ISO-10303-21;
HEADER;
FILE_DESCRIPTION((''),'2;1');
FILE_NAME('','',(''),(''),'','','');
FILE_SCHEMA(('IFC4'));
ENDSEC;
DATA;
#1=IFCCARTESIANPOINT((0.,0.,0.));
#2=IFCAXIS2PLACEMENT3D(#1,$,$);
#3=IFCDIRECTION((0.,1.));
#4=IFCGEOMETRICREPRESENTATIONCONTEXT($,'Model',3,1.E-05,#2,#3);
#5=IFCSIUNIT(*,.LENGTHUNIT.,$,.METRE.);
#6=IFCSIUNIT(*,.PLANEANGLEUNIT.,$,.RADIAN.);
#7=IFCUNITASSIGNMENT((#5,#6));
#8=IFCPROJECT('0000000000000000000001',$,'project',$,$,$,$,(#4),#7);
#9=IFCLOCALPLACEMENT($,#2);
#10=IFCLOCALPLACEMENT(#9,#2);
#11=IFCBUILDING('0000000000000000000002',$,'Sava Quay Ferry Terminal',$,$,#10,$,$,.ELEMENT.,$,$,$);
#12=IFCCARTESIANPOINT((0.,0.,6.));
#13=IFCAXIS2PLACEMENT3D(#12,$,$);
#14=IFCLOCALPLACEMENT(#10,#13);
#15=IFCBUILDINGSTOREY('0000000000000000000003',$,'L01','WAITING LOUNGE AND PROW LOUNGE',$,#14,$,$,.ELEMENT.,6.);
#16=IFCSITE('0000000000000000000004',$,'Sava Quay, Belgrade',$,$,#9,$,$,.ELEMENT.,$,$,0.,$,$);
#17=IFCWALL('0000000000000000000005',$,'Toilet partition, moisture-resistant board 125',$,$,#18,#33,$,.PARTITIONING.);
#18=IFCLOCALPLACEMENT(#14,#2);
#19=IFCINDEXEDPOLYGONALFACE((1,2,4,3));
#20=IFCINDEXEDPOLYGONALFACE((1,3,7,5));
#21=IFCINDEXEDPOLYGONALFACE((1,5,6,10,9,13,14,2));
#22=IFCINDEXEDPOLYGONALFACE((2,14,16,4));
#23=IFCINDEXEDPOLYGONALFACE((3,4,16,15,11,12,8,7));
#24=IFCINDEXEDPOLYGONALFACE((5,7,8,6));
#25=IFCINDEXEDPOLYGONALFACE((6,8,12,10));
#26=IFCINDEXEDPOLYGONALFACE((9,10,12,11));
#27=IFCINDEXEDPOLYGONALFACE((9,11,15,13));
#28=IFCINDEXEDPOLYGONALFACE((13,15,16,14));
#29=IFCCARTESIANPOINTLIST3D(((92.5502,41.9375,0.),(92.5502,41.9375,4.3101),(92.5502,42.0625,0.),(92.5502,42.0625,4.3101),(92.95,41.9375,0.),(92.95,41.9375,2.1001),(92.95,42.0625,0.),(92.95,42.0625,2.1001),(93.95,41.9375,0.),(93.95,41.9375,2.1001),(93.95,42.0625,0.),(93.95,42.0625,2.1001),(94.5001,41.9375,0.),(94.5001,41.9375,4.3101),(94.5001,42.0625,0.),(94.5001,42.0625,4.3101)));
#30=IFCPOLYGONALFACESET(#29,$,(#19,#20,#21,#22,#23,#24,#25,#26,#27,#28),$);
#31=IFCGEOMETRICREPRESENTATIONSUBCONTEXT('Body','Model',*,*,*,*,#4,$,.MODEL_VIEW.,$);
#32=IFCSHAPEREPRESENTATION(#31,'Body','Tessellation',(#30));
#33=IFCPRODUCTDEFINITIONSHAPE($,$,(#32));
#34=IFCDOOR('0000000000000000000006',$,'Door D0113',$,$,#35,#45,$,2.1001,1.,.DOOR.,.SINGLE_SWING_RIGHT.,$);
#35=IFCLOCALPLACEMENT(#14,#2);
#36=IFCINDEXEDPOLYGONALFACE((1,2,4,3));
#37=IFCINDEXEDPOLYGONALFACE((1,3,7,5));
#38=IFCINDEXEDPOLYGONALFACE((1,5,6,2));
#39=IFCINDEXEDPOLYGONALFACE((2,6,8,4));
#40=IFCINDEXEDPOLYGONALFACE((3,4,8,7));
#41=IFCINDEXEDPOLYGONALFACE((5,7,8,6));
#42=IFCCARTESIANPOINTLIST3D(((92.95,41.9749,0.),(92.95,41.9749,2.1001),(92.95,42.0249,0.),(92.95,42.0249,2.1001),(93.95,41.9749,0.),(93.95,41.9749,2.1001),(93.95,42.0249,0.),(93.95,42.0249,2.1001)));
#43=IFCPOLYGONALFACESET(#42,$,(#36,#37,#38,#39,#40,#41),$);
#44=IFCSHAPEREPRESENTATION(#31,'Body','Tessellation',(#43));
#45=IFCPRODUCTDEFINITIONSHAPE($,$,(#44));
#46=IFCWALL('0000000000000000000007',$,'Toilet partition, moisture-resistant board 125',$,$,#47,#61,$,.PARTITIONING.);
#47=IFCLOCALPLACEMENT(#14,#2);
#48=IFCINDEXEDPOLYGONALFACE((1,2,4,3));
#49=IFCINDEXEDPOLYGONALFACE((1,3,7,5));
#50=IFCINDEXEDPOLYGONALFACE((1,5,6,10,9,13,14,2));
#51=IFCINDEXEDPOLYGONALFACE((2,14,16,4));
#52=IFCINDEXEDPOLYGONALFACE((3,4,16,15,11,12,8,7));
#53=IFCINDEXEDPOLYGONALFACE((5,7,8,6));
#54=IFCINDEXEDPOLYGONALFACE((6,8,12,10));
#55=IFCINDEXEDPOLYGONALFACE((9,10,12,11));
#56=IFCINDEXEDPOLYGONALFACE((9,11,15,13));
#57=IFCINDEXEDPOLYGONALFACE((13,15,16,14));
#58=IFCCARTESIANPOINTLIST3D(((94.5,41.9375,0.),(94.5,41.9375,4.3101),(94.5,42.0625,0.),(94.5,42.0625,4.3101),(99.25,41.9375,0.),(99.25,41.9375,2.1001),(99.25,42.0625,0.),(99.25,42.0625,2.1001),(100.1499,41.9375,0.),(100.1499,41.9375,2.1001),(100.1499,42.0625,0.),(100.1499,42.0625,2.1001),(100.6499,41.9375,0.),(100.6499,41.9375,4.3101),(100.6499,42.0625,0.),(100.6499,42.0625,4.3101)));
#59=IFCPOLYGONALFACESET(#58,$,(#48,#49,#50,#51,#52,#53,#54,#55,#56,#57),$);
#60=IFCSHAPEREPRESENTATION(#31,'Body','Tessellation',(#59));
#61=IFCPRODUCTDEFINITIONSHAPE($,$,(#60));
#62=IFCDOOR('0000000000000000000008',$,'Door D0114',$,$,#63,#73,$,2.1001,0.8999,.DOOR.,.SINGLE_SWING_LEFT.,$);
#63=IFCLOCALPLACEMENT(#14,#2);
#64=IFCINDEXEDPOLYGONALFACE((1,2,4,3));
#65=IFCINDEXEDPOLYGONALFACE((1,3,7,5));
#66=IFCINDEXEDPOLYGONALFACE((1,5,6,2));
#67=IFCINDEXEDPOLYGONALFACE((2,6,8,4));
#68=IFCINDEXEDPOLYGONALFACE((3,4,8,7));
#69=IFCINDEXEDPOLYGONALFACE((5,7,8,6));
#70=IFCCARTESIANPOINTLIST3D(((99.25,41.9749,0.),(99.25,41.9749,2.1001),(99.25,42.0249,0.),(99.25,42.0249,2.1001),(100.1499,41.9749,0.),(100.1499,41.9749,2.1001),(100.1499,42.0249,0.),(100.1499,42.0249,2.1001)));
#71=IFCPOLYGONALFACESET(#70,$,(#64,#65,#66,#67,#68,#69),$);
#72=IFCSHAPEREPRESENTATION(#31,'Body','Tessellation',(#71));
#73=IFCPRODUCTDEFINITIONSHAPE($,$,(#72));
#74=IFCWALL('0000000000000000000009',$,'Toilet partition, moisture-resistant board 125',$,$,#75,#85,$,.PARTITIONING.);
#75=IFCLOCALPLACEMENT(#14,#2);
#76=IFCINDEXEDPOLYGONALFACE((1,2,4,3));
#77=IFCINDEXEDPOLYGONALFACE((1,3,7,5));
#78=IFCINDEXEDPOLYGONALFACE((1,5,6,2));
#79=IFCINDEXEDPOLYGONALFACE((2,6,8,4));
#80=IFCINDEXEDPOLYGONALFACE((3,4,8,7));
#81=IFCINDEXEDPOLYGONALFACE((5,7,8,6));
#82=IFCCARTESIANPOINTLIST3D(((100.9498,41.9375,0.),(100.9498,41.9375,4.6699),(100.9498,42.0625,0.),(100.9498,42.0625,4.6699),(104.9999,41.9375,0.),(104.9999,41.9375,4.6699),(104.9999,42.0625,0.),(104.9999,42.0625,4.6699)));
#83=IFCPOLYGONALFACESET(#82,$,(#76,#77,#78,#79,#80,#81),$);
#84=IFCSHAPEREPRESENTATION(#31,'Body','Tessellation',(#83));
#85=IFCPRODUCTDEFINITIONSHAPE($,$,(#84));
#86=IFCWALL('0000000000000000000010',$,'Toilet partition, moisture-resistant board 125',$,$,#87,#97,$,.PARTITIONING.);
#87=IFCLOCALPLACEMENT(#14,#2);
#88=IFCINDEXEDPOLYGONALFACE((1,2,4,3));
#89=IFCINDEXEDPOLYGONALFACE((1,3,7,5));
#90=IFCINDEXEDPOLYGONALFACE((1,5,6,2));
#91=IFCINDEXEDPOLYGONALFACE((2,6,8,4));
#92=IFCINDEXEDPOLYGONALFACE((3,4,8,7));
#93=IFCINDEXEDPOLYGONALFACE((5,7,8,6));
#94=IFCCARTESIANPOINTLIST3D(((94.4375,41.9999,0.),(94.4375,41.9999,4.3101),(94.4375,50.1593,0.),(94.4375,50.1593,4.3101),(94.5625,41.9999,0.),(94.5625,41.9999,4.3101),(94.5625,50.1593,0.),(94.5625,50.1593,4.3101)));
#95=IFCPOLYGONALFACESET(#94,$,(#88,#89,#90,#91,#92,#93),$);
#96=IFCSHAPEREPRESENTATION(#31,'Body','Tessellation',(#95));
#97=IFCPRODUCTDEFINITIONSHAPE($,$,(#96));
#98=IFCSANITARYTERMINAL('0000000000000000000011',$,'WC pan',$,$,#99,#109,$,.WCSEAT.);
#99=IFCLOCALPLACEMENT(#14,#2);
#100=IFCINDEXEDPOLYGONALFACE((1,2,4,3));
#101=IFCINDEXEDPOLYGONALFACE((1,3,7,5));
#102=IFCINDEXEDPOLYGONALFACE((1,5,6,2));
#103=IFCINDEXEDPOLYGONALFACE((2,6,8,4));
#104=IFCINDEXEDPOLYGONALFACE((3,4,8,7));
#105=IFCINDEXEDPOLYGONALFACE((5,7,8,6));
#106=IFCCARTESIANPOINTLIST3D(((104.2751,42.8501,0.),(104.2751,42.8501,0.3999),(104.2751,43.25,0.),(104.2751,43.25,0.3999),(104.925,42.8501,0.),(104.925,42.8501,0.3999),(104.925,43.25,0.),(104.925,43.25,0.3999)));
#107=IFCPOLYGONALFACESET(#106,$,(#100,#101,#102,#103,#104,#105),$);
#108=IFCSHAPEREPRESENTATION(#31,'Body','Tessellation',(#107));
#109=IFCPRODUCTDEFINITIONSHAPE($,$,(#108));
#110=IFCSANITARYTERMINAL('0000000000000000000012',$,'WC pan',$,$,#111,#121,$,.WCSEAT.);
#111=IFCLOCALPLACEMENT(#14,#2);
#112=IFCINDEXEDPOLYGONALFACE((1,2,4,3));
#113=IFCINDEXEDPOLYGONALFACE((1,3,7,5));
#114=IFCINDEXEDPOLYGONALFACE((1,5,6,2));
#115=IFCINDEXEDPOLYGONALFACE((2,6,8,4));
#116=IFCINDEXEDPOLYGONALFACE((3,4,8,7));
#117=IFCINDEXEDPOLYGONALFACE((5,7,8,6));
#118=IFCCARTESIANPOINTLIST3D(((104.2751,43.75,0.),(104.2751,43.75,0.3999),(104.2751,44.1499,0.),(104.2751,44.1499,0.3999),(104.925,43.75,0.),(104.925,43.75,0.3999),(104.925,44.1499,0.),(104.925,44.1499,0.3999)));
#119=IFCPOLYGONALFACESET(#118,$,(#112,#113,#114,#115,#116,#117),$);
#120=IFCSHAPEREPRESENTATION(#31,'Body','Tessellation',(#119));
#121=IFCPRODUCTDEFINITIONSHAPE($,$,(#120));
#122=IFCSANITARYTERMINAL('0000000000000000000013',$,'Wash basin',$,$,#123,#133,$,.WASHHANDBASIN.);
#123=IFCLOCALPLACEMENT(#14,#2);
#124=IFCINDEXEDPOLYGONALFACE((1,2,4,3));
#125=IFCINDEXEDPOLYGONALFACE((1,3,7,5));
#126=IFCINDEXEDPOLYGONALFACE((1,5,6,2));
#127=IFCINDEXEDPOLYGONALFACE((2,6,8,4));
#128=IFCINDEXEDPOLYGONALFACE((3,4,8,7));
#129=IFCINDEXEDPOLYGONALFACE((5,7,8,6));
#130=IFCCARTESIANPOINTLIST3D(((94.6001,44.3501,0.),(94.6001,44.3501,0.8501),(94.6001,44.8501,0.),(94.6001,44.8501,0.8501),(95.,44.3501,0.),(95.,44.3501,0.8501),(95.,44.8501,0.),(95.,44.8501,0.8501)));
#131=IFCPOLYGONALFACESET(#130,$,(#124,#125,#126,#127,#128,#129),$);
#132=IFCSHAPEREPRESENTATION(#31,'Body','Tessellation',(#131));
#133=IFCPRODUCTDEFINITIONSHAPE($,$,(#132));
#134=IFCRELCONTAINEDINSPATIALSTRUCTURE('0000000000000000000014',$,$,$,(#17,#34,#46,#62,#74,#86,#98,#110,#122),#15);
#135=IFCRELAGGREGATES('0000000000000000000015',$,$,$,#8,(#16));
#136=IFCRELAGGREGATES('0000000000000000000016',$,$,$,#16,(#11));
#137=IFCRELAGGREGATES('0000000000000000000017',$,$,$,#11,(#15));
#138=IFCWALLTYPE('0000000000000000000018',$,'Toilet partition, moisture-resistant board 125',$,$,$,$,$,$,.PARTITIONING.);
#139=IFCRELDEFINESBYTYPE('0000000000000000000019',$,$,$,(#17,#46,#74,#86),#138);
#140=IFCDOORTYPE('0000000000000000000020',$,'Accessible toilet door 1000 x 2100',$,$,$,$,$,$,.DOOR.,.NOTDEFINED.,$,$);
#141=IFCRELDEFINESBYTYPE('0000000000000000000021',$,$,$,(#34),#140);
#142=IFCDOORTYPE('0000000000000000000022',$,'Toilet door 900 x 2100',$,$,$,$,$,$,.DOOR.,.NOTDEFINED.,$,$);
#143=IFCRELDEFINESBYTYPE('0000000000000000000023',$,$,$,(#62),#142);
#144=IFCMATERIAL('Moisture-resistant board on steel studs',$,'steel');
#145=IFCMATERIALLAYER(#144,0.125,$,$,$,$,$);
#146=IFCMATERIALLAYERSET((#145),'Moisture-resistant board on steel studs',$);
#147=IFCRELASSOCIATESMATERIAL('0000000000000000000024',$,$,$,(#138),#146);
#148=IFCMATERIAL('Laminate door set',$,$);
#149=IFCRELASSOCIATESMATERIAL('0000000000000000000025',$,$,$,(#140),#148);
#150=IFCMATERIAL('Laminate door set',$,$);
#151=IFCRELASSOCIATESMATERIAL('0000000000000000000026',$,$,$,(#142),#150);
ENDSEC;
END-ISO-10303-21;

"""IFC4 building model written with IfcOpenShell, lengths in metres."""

from ifc_helpers import new_model, si_unit, direction, frame, frame_2d, origin, origin_2d, place, context, subcontext, project, spatial, rectangle, extrude, material, layer, layer_set, type_object, element, fill, save


model = new_model("IFC4")

# Units and contexts
model_context = context("Model", 3, precision=1e-05, world=origin(), true_north=direction((0.0, 1.0)))
body_context = subcontext(model_context, "Body", "Model", "MODEL_VIEW")
ifc_project = project(units=[si_unit("LENGTHUNIT", "METRE"), si_unit("PLANEANGLEUNIT", "RADIAN")], contexts=[model_context])

# Site, building, storey
site_placement = place(None, origin())
site = spatial("IfcSite", under=ifc_project, at=site_placement, Name="Sava Quay, Belgrade", CompositionType="ELEMENT", RefElevation=0.0)
building_placement = place(site_placement, origin())
building = spatial("IfcBuilding", under=site, at=building_placement, Name="Sava Quay Ferry Terminal", CompositionType="ELEMENT")
storey_placement = place(building_placement, frame((0.0, 0.0, 6.0)))
storey = spatial("IfcBuildingStorey", under=building, at=storey_placement, Name="L01", Description="WAITING LOUNGE AND PROW LOUNGE", CompositionType="ELEMENT", Elevation=6.0)

# Walls, openings, doors
ifc_material_1 = material(Name="Moisture-resistant board on steel studs", Category="steel")
ifc_layer_1 = layer(ifc_material_1, 0.125)
ifc_layer_set_1 = layer_set([ifc_layer_1], Name="Moisture-resistant board on steel studs")
wall_type_1 = type_object("IfcWallType", Name="Toilet partition, moisture-resistant board 125", PredefinedType="PARTITIONING", material=ifc_layer_set_1)
wall_1_placement = place(storey_placement, frame((92.55, 42.0, 0.0), z_axis=(0.0, 0.0, 1.0), x_axis=(1.0, 0.0, 0.0)))
wall_1 = element("IfcWall", 1, at=wall_1_placement, inside=storey, type_object=wall_type_1, Name="Toilet partition, moisture-resistant board 125", PredefinedType="PARTITIONING", context=body_context, shape_type="SweptSolid", body=[
    extrude(rectangle(XDim=1.95, YDim=0.125, at=frame_2d((0.9751, 0.0))), origin(), (0.0, 0.0, 1.0), 4.3101),
])
opening_1_placement = place(wall_1_placement, frame((0.3999, 0.0, 0.0)))
opening_1 = element("IfcOpeningElement", 2, at=opening_1_placement, cuts=wall_1, PredefinedType="OPENING", context=body_context, shape_type="SweptSolid", body=[
    extrude(rectangle(XDim=1.0, YDim=2.1001, at=frame_2d((0.5, 1.05))), frame((0.0, 0.0625, 0.0), z_axis=(0.0, -1.0, 0.0), x_axis=(1.0, 0.0, 0.0)), (0.0, 0.0, 1.0), 0.125),
])
ifc_material_2 = material(Name="Laminate door set")
door_type_1 = type_object("IfcDoorType", Name="Accessible toilet door 1000 x 2100", OperationType="NOTDEFINED", PredefinedType="DOOR", material=ifc_material_2)
door_1_placement = place(opening_1_placement, origin())
door_1 = element("IfcDoor", 3, at=door_1_placement, inside=storey, type_object=door_type_1, Name="Door D0113", OperationType="SINGLE_SWING_RIGHT", OverallHeight=2.1001, OverallWidth=1.0, PredefinedType="DOOR", context=body_context, shape_type="SweptSolid", body=[
    extrude(rectangle(XDim=1.0, YDim=2.1001, at=frame_2d((0.5, 1.05))), frame((0.0, 0.0249, 0.0), z_axis=(0.0, -1.0, 0.0), x_axis=(1.0, 0.0, 0.0)), (0.0, 0.0, 1.0), 0.05),
])
fill(opening_1, door_1)
wall_2_placement = place(storey_placement, frame((94.5, 42.0, 0.0), z_axis=(0.0, 0.0, 1.0), x_axis=(1.0, 0.0, 0.0)))
wall_2 = element("IfcWall", 4, at=wall_2_placement, inside=storey, type_object=wall_type_1, Name="Toilet partition, moisture-resistant board 125", PredefinedType="PARTITIONING", context=body_context, shape_type="SweptSolid", body=[
    extrude(rectangle(XDim=6.1499, YDim=0.125, at=frame_2d((3.075, 0.0))), origin(), (0.0, 0.0, 1.0), 4.3101),
])
opening_2_placement = place(wall_2_placement, frame((4.75, 0.0, 0.0)))
opening_2 = element("IfcOpeningElement", 5, at=opening_2_placement, cuts=wall_2, PredefinedType="OPENING", context=body_context, shape_type="SweptSolid", body=[
    extrude(rectangle(XDim=0.8999, YDim=2.1001, at=frame_2d((0.45, 1.05))), frame((0.0, 0.0625, 0.0), z_axis=(0.0, -1.0, 0.0), x_axis=(1.0, 0.0, 0.0)), (0.0, 0.0, 1.0), 0.125),
])
ifc_material_3 = material(Name="Laminate door set")
door_type_2 = type_object("IfcDoorType", Name="Toilet door 900 x 2100", OperationType="NOTDEFINED", PredefinedType="DOOR", material=ifc_material_3)
door_2_placement = place(opening_2_placement, origin())
door_2 = element("IfcDoor", 6, at=door_2_placement, inside=storey, type_object=door_type_2, Name="Door D0114", OperationType="SINGLE_SWING_LEFT", OverallHeight=2.1001, OverallWidth=0.8999, PredefinedType="DOOR", context=body_context, shape_type="SweptSolid", body=[
    extrude(rectangle(XDim=0.8999, YDim=2.1001, at=frame_2d((0.45, 1.05))), frame((0.0, 0.0249, 0.0), z_axis=(0.0, -1.0, 0.0), x_axis=(1.0, 0.0, 0.0)), (0.0, 0.0, 1.0), 0.05),
])
fill(opening_2, door_2)

# Walls
wall_3_placement = place(storey_placement, frame((100.95, 42.0, 0.0), z_axis=(0.0, 0.0, 1.0), x_axis=(1.0, 0.0, 0.0)))
element("IfcWall", 7, at=wall_3_placement, inside=storey, type_object=wall_type_1, Name="Toilet partition, moisture-resistant board 125", PredefinedType="PARTITIONING", context=body_context, shape_type="SweptSolid", body=[
    extrude(rectangle(XDim=4.05, YDim=0.125, at=frame_2d((2.0249, 0.0))), origin(), (0.0, 0.0, 1.0), 4.6699),
])
wall_4_placement = place(storey_placement, frame((94.5, 42.0, 0.0), z_axis=(0.0, 0.0, 1.0), x_axis=(0.0, 1.0, 0.0)))
element("IfcWall", 8, at=wall_4_placement, inside=storey, type_object=wall_type_1, Name="Toilet partition, moisture-resistant board 125", PredefinedType="PARTITIONING", context=body_context, shape_type="SweptSolid", body=[
    extrude(rectangle(XDim=8.1594, YDim=0.125, at=frame_2d((4.0796, 0.0))), origin(), (0.0, 0.0, 1.0), 4.3101),
])

# Sanitary terminals
for number, where, z_axis, x_axis, name in (
    (9, (104.6001, 43.05, 0.0), (0.0, 0.0, 1.0), (1.0, 0.0, 0.0), "WC pan"),
    (10, (104.6001, 43.95, 0.0), (0.0, 0.0, 1.0), (1.0, 0.0, 0.0), "WC pan"),
):
    element("IfcSanitaryTerminal", number, at=place(storey_placement, frame(where, z_axis=z_axis, x_axis=x_axis)), inside=storey, Name=name, PredefinedType="WCSEAT", context=body_context, shape_type="SweptSolid", body=[
        extrude(rectangle(XDim=0.6499, YDim=0.3999, at=origin_2d()), origin(), (0.0, 0.0, 1.0), 0.3999),
    ])
sanitary_terminal_placement = place(storey_placement, frame((94.8, 44.6001, 0.0), z_axis=(0.0, 0.0, 1.0), x_axis=(1.0, 0.0, 0.0)))
element("IfcSanitaryTerminal", 11, at=sanitary_terminal_placement, inside=storey, Name="Wash basin", PredefinedType="WASHHANDBASIN", context=body_context, shape_type="SweptSolid", body=[
    extrude(rectangle(XDim=0.3999, YDim=0.5, at=origin_2d()), origin(), (0.0, 0.0, 1.0), 0.8501),
])

save(model, "model.ifc")
